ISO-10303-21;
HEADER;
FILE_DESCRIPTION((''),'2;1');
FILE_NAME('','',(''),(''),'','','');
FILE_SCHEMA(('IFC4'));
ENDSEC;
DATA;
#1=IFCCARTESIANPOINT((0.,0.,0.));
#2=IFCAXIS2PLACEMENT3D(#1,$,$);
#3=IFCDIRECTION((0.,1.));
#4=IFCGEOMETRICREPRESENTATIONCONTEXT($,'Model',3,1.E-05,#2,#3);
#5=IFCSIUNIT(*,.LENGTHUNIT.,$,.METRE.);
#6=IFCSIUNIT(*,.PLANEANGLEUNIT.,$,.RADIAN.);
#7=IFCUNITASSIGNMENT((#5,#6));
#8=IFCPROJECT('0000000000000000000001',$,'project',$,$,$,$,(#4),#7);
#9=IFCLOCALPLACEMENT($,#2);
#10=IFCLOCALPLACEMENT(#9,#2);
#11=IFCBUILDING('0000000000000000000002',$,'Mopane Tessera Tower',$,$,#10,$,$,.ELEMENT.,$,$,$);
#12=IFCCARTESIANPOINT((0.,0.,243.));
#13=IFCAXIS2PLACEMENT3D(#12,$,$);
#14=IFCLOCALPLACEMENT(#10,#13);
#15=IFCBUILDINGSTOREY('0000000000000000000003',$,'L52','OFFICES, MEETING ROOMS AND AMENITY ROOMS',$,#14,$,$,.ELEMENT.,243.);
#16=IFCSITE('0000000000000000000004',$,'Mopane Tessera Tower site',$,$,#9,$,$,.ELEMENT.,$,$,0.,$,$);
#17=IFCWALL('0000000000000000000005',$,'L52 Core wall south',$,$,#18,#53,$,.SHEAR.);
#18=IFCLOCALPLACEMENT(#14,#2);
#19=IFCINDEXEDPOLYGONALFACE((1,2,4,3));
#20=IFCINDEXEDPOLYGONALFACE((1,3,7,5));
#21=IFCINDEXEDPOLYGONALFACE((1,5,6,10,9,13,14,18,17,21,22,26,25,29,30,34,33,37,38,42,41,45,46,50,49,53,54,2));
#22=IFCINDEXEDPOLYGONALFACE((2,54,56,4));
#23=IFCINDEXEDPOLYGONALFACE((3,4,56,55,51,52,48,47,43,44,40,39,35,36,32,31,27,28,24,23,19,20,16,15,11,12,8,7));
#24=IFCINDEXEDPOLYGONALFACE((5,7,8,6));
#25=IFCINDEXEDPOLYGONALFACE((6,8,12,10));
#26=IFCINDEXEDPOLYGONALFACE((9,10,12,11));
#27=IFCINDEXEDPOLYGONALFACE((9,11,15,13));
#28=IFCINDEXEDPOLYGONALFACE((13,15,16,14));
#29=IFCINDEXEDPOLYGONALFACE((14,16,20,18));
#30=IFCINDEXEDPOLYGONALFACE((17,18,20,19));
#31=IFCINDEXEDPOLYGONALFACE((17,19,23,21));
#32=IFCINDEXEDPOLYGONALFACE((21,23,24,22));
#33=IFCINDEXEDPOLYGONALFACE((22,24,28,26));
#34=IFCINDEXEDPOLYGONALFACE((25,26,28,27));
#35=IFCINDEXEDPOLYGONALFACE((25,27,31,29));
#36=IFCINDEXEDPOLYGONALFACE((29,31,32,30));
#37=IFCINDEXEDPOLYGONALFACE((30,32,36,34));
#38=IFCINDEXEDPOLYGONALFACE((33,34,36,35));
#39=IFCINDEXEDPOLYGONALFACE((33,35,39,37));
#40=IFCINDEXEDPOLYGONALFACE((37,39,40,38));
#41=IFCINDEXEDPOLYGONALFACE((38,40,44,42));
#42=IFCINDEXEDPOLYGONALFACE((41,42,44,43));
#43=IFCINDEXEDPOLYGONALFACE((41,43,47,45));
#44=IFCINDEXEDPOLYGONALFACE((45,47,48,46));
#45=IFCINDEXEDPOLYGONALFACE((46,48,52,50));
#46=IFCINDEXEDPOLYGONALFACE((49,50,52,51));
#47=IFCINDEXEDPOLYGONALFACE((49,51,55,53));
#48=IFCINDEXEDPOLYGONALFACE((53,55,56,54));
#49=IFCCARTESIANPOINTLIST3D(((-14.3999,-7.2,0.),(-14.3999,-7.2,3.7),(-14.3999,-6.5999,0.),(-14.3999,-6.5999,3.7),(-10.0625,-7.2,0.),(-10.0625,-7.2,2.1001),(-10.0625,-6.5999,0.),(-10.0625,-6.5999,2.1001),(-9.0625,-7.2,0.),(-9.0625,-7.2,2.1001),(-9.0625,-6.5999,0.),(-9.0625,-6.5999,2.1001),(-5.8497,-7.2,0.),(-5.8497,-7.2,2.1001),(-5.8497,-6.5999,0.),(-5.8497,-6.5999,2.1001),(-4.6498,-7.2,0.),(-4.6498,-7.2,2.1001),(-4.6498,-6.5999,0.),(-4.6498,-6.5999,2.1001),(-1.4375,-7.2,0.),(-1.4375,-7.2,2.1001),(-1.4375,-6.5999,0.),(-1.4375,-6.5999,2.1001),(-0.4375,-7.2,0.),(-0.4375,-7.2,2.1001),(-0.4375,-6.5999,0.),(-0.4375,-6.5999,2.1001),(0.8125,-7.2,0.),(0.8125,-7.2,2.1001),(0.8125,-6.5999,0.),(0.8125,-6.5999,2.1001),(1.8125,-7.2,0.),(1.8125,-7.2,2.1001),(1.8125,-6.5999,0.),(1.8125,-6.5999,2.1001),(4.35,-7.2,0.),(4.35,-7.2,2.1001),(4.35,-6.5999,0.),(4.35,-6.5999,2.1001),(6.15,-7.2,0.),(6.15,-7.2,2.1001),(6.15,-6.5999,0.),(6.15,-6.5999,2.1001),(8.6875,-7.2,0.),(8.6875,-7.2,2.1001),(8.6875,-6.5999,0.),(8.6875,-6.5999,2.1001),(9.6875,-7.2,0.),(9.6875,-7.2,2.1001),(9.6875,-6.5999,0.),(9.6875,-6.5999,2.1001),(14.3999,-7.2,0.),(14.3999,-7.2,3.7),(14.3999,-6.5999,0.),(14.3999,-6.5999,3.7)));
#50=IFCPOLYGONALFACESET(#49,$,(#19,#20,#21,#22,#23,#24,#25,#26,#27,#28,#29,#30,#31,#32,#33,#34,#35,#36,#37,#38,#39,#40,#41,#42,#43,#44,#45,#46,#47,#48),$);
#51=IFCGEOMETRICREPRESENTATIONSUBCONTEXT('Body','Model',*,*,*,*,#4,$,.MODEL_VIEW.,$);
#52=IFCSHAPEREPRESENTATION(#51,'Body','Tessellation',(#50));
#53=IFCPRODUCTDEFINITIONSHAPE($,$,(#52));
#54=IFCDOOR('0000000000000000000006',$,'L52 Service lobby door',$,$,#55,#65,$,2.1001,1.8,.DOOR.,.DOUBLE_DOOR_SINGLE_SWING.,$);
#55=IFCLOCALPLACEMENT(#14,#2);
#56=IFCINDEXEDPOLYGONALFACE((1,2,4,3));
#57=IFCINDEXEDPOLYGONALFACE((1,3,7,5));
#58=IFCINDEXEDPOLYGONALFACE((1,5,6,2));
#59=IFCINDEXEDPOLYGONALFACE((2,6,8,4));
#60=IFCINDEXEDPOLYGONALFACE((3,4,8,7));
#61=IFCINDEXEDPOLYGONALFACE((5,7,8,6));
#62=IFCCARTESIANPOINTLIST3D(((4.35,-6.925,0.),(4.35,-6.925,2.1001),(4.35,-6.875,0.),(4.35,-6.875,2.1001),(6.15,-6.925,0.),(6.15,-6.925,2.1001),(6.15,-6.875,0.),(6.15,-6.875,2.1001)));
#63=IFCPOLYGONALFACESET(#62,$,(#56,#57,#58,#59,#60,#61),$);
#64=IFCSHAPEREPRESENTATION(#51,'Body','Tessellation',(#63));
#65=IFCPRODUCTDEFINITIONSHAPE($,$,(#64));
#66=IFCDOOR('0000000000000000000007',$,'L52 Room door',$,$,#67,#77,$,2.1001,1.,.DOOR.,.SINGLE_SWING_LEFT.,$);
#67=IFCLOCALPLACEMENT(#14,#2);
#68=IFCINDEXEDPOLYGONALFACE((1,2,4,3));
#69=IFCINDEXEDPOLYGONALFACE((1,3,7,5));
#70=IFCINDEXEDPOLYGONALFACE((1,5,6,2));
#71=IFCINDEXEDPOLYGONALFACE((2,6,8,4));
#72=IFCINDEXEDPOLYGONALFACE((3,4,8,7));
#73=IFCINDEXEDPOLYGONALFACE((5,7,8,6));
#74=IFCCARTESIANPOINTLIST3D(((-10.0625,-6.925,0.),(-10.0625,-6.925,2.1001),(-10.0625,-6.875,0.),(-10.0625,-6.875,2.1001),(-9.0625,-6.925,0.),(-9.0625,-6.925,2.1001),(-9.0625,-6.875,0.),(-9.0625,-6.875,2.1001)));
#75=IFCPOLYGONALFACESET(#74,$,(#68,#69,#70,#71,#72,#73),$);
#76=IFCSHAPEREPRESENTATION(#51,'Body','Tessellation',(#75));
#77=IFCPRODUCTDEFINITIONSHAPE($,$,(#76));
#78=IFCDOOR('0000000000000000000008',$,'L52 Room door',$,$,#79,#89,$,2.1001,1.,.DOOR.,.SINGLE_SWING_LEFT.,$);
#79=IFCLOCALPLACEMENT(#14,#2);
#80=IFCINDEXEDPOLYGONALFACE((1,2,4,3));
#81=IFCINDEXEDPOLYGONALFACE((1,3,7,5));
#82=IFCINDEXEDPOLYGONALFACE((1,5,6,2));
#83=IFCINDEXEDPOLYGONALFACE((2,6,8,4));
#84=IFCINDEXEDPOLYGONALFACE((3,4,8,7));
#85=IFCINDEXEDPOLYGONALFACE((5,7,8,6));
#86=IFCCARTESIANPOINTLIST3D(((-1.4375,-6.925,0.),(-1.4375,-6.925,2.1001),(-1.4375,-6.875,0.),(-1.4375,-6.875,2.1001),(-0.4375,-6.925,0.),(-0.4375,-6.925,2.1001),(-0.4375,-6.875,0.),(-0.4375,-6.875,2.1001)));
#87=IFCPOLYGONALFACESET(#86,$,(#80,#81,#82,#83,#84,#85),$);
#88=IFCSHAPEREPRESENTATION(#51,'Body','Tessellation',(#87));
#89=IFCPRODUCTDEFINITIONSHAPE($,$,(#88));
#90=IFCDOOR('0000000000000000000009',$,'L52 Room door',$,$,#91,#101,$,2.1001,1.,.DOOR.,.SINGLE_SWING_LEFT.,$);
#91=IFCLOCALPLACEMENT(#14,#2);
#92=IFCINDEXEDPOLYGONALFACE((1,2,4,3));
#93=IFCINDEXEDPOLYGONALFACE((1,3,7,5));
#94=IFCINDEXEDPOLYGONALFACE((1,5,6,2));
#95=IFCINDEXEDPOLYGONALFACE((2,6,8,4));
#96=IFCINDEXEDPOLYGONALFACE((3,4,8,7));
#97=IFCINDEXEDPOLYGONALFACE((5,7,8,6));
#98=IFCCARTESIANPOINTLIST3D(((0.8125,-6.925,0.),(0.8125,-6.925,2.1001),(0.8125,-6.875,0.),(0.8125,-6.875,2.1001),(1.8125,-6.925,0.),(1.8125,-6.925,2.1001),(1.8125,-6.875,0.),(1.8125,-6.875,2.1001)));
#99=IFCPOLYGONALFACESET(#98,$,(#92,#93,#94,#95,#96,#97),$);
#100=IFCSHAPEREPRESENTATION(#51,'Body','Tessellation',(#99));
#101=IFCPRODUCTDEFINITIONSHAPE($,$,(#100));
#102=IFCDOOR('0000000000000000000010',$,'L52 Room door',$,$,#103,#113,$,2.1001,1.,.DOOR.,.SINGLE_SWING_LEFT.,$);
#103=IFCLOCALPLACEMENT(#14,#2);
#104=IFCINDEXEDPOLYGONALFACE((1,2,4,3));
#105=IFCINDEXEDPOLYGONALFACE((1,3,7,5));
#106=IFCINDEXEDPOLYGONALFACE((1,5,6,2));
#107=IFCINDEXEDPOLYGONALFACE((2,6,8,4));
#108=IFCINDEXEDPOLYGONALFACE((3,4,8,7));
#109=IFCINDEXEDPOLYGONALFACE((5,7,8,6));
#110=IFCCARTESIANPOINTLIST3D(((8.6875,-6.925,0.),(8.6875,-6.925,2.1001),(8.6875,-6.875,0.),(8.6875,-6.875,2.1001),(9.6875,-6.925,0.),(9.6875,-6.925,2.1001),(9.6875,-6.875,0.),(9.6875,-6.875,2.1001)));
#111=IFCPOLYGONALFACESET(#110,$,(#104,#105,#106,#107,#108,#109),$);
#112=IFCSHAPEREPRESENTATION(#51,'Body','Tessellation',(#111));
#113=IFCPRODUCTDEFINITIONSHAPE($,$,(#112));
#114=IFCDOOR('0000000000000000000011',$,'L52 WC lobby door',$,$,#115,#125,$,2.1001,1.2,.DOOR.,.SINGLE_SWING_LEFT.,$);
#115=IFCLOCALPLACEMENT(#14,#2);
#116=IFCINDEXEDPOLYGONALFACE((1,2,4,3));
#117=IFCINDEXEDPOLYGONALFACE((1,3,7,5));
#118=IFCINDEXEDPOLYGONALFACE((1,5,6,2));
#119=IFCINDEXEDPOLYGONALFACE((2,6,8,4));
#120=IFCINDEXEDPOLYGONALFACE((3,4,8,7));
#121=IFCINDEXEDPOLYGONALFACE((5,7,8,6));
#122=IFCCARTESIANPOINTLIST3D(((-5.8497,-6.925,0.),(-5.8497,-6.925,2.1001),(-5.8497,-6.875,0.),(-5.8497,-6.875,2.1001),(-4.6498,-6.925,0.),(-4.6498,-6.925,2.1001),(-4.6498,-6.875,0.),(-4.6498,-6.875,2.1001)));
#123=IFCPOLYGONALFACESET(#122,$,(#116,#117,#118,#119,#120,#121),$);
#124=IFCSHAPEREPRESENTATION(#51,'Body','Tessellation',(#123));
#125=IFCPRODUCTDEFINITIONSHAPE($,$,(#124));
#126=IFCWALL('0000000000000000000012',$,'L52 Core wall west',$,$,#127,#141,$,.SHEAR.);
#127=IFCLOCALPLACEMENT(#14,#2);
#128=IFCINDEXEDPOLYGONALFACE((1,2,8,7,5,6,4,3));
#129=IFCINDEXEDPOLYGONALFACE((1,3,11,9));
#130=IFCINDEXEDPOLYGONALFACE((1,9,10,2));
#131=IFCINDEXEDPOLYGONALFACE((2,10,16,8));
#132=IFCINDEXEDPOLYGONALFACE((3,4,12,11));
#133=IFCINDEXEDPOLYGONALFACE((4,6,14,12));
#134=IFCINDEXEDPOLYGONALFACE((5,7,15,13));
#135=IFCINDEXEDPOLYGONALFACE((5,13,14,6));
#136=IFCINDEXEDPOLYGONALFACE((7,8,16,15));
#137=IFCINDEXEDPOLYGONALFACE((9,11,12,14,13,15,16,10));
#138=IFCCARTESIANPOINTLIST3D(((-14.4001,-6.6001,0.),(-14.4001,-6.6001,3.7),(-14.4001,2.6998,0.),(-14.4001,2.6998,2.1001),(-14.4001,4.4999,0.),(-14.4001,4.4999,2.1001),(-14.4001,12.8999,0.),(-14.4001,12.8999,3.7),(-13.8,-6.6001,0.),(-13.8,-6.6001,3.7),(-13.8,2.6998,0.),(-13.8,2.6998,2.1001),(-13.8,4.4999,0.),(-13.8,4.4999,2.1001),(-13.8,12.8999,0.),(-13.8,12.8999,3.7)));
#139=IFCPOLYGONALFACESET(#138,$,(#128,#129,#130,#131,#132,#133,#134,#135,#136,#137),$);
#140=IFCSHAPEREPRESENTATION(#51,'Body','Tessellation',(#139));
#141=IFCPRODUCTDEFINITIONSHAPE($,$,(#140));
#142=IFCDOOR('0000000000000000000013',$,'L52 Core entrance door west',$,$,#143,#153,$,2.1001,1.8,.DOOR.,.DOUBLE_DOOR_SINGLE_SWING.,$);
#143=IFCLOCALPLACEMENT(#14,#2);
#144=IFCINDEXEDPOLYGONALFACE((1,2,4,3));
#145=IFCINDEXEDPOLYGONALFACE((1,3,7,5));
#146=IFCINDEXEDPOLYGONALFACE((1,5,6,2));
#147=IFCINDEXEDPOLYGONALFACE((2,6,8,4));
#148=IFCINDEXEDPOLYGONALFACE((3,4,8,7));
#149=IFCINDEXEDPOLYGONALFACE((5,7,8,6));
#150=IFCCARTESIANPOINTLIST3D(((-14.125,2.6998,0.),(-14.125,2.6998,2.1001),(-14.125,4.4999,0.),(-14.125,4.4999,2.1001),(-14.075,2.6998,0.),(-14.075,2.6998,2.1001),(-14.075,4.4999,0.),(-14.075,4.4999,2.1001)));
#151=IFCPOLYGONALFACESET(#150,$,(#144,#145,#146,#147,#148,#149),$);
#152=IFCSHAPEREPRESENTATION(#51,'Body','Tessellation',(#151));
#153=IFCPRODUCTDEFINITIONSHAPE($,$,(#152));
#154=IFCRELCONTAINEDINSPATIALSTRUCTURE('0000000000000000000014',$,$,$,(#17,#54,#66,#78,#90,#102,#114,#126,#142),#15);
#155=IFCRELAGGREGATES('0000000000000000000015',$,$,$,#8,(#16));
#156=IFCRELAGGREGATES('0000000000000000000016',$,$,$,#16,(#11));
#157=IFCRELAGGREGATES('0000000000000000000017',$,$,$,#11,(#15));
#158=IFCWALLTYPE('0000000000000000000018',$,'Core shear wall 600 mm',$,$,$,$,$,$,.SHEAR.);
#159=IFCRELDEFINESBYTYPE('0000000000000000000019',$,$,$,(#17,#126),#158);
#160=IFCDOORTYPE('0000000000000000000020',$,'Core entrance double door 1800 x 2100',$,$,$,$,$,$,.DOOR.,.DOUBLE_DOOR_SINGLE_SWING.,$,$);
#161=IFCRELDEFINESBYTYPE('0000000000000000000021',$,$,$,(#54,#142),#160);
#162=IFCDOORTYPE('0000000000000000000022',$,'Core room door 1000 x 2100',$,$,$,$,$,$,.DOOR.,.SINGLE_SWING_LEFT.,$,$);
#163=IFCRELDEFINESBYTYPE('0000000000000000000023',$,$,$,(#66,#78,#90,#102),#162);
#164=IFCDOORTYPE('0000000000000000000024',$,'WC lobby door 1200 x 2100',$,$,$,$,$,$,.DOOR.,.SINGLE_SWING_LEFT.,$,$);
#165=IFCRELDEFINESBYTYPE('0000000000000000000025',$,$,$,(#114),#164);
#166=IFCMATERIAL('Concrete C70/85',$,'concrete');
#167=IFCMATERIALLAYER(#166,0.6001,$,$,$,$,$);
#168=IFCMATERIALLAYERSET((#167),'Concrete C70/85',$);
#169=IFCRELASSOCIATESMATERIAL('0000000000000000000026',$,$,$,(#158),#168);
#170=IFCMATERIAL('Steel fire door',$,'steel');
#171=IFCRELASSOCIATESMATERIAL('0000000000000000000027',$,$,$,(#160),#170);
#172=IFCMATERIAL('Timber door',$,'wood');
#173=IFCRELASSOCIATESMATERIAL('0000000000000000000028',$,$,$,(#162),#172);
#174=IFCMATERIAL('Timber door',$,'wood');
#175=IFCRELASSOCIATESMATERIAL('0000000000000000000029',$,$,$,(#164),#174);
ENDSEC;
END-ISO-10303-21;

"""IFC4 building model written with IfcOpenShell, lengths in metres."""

from ifc_helpers import new_model, si_unit, direction, frame, frame_2d, origin, place, context, subcontext, project, spatial, rectangle, extrude, material, layer, layer_set, type_object, element, fill, save


model = new_model("IFC4")

# Units and contexts
model_context = context("Model", 3, precision=1e-05, world=origin(), true_north=direction((0.0, 1.0)))
body_context = subcontext(model_context, "Body", "Model", "MODEL_VIEW")
ifc_project = project(units=[si_unit("LENGTHUNIT", "METRE"), si_unit("PLANEANGLEUNIT", "RADIAN")], contexts=[model_context])

# Site, building, storey
site_placement = place(None, origin())
site = spatial("IfcSite", under=ifc_project, at=site_placement, Name="Mopane Tessera Tower site", CompositionType="ELEMENT", RefElevation=0.0)
building_placement = place(site_placement, origin())
building = spatial("IfcBuilding", under=site, at=building_placement, Name="Mopane Tessera Tower", CompositionType="ELEMENT")
storey_placement = place(building_placement, frame((0.0, 0.0, 243.0)))
storey = spatial("IfcBuildingStorey", under=building, at=storey_placement, Name="L52", Description="OFFICES, MEETING ROOMS AND AMENITY ROOMS", CompositionType="ELEMENT", Elevation=243.0)

# Wall, openings, doors
ifc_material_1 = material(Name="Concrete C70/85", Category="concrete")
ifc_layer_1 = layer(ifc_material_1, 0.6001)
ifc_layer_set_1 = layer_set([ifc_layer_1], Name="Concrete C70/85")
wall_type_1 = type_object("IfcWallType", Name="Core shear wall 600 mm", PredefinedType="SHEAR", material=ifc_layer_set_1)
wall_1_placement = place(storey_placement, frame((-14.3999, -6.8999, 0.0), z_axis=(0.0, 0.0, 1.0), x_axis=(1.0, 0.0, 0.0)))
wall_1 = element("IfcWall", 1, at=wall_1_placement, inside=storey, type_object=wall_type_1, Name="L52 Core wall south", PredefinedType="SHEAR", context=body_context, shape_type="SweptSolid", body=[
    extrude(rectangle(XDim=28.7998, YDim=0.6001, at=frame_2d((14.3999, 0.0))), origin(), (0.0, 0.0, 1.0), 3.7),
])
opening_1_placement = place(wall_1_placement, frame((4.3374, 0.0, 0.0)))
opening_1 = element("IfcOpeningElement", 2, at=opening_1_placement, cuts=wall_1, PredefinedType="OPENING", context=body_context, shape_type="SweptSolid", body=[
    extrude(rectangle(XDim=1.0, YDim=2.1001, at=frame_2d((0.5, 1.05))), frame((0.0, 0.312, 0.0), z_axis=(0.0, -1.0, 0.0), x_axis=(1.0, 0.0, 0.0)), (0.0, 0.0, 1.0), 0.624),
])
opening_2_placement = place(wall_1_placement, frame((8.55, 0.0, 0.0)))
opening_2 = element("IfcOpeningElement", 3, at=opening_2_placement, cuts=wall_1, PredefinedType="OPENING", context=body_context, shape_type="SweptSolid", body=[
    extrude(rectangle(XDim=1.2, YDim=2.1001, at=frame_2d((0.6001, 1.05))), frame((0.0, 0.312, 0.0), z_axis=(0.0, -1.0, 0.0), x_axis=(1.0, 0.0, 0.0)), (0.0, 0.0, 1.0), 0.624),
])
opening_3_placement = place(wall_1_placement, frame((12.9624, 0.0, 0.0)))
opening_3 = element("IfcOpeningElement", 4, at=opening_3_placement, cuts=wall_1, PredefinedType="OPENING", context=body_context, shape_type="SweptSolid", body=[
    extrude(rectangle(XDim=1.0, YDim=2.1001, at=frame_2d((0.5, 1.05))), frame((0.0, 0.312, 0.0), z_axis=(0.0, -1.0, 0.0), x_axis=(1.0, 0.0, 0.0)), (0.0, 0.0, 1.0), 0.624),
])
opening_4_placement = place(wall_1_placement, frame((15.2124, 0.0, 0.0)))
opening_4 = element("IfcOpeningElement", 5, at=opening_4_placement, cuts=wall_1, PredefinedType="OPENING", context=body_context, shape_type="SweptSolid", body=[
    extrude(rectangle(XDim=1.0, YDim=2.1001, at=frame_2d((0.5, 1.05))), frame((0.0, 0.312, 0.0), z_axis=(0.0, -1.0, 0.0), x_axis=(1.0, 0.0, 0.0)), (0.0, 0.0, 1.0), 0.624),
])
opening_5_placement = place(wall_1_placement, frame((18.75, 0.0, 0.0)))
opening_5 = element("IfcOpeningElement", 6, at=opening_5_placement, cuts=wall_1, PredefinedType="OPENING", context=body_context, shape_type="SweptSolid", body=[
    extrude(rectangle(XDim=1.8, YDim=2.1001, at=frame_2d((0.8999, 1.05))), frame((0.0, 0.312, 0.0), z_axis=(0.0, -1.0, 0.0), x_axis=(1.0, 0.0, 0.0)), (0.0, 0.0, 1.0), 0.624),
])
opening_6_placement = place(wall_1_placement, frame((23.0874, 0.0, 0.0)))
opening_6 = element("IfcOpeningElement", 7, at=opening_6_placement, cuts=wall_1, PredefinedType="OPENING", context=body_context, shape_type="SweptSolid", body=[
    extrude(rectangle(XDim=1.0, YDim=2.1001, at=frame_2d((0.5, 1.05))), frame((0.0, 0.312, 0.0), z_axis=(0.0, -1.0, 0.0), x_axis=(1.0, 0.0, 0.0)), (0.0, 0.0, 1.0), 0.624),
])
ifc_material_2 = material(Name="Steel fire door", Category="steel")
door_type_1 = type_object("IfcDoorType", Name="Core entrance double door 1800 x 2100", OperationType="DOUBLE_DOOR_SINGLE_SWING", PredefinedType="DOOR", material=ifc_material_2)
door_1_placement = place(opening_5_placement, origin())
door_1 = element("IfcDoor", 8, at=door_1_placement, inside=storey, type_object=door_type_1, Name="L52 Service lobby door", OperationType="DOUBLE_DOOR_SINGLE_SWING", OverallHeight=2.1001, OverallWidth=1.8, PredefinedType="DOOR", context=body_context, shape_type="SweptSolid", body=[
    extrude(rectangle(XDim=1.8, YDim=2.1001, at=frame_2d((0.8999, 1.05))), frame((0.0, 0.0249, 0.0), z_axis=(0.0, -1.0, 0.0), x_axis=(1.0, 0.0, 0.0)), (0.0, 0.0, 1.0), 0.05),
])
fill(opening_5, door_1)
ifc_material_3 = material(Name="Timber door", Category="wood")
door_type_2 = type_object("IfcDoorType", Name="Core room door 1000 x 2100", OperationType="SINGLE_SWING_LEFT", PredefinedType="DOOR", material=ifc_material_3)
door_2_placement = place(opening_1_placement, origin())
door_2 = element("IfcDoor", 9, at=door_2_placement, inside=storey, type_object=door_type_2, Name="L52 Room door", OperationType="SINGLE_SWING_LEFT", OverallHeight=2.1001, OverallWidth=1.0, PredefinedType="DOOR", context=body_context, shape_type="SweptSolid", body=[
    extrude(rectangle(XDim=1.0, YDim=2.1001, at=frame_2d((0.5, 1.05))), frame((0.0, 0.0249, 0.0), z_axis=(0.0, -1.0, 0.0), x_axis=(1.0, 0.0, 0.0)), (0.0, 0.0, 1.0), 0.05),
])
fill(opening_1, door_2)
door_3_placement = place(opening_3_placement, origin())
door_3 = element("IfcDoor", 10, at=door_3_placement, inside=storey, type_object=door_type_2, Name="L52 Room door", OperationType="SINGLE_SWING_LEFT", OverallHeight=2.1001, OverallWidth=1.0, PredefinedType="DOOR", context=body_context, shape_type="SweptSolid", body=[
    extrude(rectangle(XDim=1.0, YDim=2.1001, at=frame_2d((0.5, 1.05))), frame((0.0, 0.0249, 0.0), z_axis=(0.0, -1.0, 0.0), x_axis=(1.0, 0.0, 0.0)), (0.0, 0.0, 1.0), 0.05),
])
fill(opening_3, door_3)
door_4_placement = place(opening_4_placement, origin())
door_4 = element("IfcDoor", 11, at=door_4_placement, inside=storey, type_object=door_type_2, Name="L52 Room door", OperationType="SINGLE_SWING_LEFT", OverallHeight=2.1001, OverallWidth=1.0, PredefinedType="DOOR", context=body_context, shape_type="SweptSolid", body=[
    extrude(rectangle(XDim=1.0, YDim=2.1001, at=frame_2d((0.5, 1.05))), frame((0.0, 0.0249, 0.0), z_axis=(0.0, -1.0, 0.0), x_axis=(1.0, 0.0, 0.0)), (0.0, 0.0, 1.0), 0.05),
])
fill(opening_4, door_4)
door_5_placement = place(opening_6_placement, origin())
door_5 = element("IfcDoor", 12, at=door_5_placement, inside=storey, type_object=door_type_2, Name="L52 Room door", OperationType="SINGLE_SWING_LEFT", OverallHeight=2.1001, OverallWidth=1.0, PredefinedType="DOOR", context=body_context, shape_type="SweptSolid", body=[
    extrude(rectangle(XDim=1.0, YDim=2.1001, at=frame_2d((0.5, 1.05))), frame((0.0, 0.0249, 0.0), z_axis=(0.0, -1.0, 0.0), x_axis=(1.0, 0.0, 0.0)), (0.0, 0.0, 1.0), 0.05),
])
fill(opening_6, door_5)
ifc_material_4 = material(Name="Timber door", Category="wood")
door_type_3 = type_object("IfcDoorType", Name="WC lobby door 1200 x 2100", OperationType="SINGLE_SWING_LEFT", PredefinedType="DOOR", material=ifc_material_4)
door_6_placement = place(opening_2_placement, origin())
door_6 = element("IfcDoor", 13, at=door_6_placement, inside=storey, type_object=door_type_3, Name="L52 WC lobby door", OperationType="SINGLE_SWING_LEFT", OverallHeight=2.1001, OverallWidth=1.2, PredefinedType="DOOR", context=body_context, shape_type="SweptSolid", body=[
    extrude(rectangle(XDim=1.2, YDim=2.1001, at=frame_2d((0.6001, 1.05))), frame((0.0, 0.0249, 0.0), z_axis=(0.0, -1.0, 0.0), x_axis=(1.0, 0.0, 0.0)), (0.0, 0.0, 1.0), 0.05),
])
fill(opening_2, door_6)

# Wall, opening, door
wall_2_placement = place(storey_placement, frame((-14.1001, -6.6001, 0.0), z_axis=(0.0, 0.0, 1.0), x_axis=(0.0, 1.0, 0.0)))
wall_2 = element("IfcWall", 14, at=wall_2_placement, inside=storey, type_object=wall_type_1, Name="L52 Core wall west", PredefinedType="SHEAR", context=body_context, shape_type="SweptSolid", body=[
    extrude(rectangle(XDim=19.5, YDim=0.6001, at=frame_2d((9.75, 0.0))), origin(), (0.0, 0.0, 1.0), 3.7),
])
opening_7_placement = place(wall_2_placement, frame((9.3, 0.0, 0.0)))
opening_7 = element("IfcOpeningElement", 15, at=opening_7_placement, cuts=wall_2, PredefinedType="OPENING", context=body_context, shape_type="SweptSolid", body=[
    extrude(rectangle(XDim=1.8, YDim=2.1001, at=frame_2d((0.8999, 1.05))), frame((0.0, 0.312, 0.0), z_axis=(0.0, -1.0, 0.0), x_axis=(1.0, 0.0, 0.0)), (0.0, 0.0, 1.0), 0.624),
])
door_7_placement = place(opening_7_placement, origin())
door_7 = element("IfcDoor", 16, at=door_7_placement, inside=storey, type_object=door_type_1, Name="L52 Core entrance door west", OperationType="DOUBLE_DOOR_SINGLE_SWING", OverallHeight=2.1001, OverallWidth=1.8, PredefinedType="DOOR", context=body_context, shape_type="SweptSolid", body=[
    extrude(rectangle(XDim=1.8, YDim=2.1001, at=frame_2d((0.8999, 1.05))), frame((0.0, 0.0249, 0.0), z_axis=(0.0, -1.0, 0.0), x_axis=(1.0, 0.0, 0.0)), (0.0, 0.0, 1.0), 0.05),
])
fill(opening_7, door_7)

save(model, "model.ifc")
